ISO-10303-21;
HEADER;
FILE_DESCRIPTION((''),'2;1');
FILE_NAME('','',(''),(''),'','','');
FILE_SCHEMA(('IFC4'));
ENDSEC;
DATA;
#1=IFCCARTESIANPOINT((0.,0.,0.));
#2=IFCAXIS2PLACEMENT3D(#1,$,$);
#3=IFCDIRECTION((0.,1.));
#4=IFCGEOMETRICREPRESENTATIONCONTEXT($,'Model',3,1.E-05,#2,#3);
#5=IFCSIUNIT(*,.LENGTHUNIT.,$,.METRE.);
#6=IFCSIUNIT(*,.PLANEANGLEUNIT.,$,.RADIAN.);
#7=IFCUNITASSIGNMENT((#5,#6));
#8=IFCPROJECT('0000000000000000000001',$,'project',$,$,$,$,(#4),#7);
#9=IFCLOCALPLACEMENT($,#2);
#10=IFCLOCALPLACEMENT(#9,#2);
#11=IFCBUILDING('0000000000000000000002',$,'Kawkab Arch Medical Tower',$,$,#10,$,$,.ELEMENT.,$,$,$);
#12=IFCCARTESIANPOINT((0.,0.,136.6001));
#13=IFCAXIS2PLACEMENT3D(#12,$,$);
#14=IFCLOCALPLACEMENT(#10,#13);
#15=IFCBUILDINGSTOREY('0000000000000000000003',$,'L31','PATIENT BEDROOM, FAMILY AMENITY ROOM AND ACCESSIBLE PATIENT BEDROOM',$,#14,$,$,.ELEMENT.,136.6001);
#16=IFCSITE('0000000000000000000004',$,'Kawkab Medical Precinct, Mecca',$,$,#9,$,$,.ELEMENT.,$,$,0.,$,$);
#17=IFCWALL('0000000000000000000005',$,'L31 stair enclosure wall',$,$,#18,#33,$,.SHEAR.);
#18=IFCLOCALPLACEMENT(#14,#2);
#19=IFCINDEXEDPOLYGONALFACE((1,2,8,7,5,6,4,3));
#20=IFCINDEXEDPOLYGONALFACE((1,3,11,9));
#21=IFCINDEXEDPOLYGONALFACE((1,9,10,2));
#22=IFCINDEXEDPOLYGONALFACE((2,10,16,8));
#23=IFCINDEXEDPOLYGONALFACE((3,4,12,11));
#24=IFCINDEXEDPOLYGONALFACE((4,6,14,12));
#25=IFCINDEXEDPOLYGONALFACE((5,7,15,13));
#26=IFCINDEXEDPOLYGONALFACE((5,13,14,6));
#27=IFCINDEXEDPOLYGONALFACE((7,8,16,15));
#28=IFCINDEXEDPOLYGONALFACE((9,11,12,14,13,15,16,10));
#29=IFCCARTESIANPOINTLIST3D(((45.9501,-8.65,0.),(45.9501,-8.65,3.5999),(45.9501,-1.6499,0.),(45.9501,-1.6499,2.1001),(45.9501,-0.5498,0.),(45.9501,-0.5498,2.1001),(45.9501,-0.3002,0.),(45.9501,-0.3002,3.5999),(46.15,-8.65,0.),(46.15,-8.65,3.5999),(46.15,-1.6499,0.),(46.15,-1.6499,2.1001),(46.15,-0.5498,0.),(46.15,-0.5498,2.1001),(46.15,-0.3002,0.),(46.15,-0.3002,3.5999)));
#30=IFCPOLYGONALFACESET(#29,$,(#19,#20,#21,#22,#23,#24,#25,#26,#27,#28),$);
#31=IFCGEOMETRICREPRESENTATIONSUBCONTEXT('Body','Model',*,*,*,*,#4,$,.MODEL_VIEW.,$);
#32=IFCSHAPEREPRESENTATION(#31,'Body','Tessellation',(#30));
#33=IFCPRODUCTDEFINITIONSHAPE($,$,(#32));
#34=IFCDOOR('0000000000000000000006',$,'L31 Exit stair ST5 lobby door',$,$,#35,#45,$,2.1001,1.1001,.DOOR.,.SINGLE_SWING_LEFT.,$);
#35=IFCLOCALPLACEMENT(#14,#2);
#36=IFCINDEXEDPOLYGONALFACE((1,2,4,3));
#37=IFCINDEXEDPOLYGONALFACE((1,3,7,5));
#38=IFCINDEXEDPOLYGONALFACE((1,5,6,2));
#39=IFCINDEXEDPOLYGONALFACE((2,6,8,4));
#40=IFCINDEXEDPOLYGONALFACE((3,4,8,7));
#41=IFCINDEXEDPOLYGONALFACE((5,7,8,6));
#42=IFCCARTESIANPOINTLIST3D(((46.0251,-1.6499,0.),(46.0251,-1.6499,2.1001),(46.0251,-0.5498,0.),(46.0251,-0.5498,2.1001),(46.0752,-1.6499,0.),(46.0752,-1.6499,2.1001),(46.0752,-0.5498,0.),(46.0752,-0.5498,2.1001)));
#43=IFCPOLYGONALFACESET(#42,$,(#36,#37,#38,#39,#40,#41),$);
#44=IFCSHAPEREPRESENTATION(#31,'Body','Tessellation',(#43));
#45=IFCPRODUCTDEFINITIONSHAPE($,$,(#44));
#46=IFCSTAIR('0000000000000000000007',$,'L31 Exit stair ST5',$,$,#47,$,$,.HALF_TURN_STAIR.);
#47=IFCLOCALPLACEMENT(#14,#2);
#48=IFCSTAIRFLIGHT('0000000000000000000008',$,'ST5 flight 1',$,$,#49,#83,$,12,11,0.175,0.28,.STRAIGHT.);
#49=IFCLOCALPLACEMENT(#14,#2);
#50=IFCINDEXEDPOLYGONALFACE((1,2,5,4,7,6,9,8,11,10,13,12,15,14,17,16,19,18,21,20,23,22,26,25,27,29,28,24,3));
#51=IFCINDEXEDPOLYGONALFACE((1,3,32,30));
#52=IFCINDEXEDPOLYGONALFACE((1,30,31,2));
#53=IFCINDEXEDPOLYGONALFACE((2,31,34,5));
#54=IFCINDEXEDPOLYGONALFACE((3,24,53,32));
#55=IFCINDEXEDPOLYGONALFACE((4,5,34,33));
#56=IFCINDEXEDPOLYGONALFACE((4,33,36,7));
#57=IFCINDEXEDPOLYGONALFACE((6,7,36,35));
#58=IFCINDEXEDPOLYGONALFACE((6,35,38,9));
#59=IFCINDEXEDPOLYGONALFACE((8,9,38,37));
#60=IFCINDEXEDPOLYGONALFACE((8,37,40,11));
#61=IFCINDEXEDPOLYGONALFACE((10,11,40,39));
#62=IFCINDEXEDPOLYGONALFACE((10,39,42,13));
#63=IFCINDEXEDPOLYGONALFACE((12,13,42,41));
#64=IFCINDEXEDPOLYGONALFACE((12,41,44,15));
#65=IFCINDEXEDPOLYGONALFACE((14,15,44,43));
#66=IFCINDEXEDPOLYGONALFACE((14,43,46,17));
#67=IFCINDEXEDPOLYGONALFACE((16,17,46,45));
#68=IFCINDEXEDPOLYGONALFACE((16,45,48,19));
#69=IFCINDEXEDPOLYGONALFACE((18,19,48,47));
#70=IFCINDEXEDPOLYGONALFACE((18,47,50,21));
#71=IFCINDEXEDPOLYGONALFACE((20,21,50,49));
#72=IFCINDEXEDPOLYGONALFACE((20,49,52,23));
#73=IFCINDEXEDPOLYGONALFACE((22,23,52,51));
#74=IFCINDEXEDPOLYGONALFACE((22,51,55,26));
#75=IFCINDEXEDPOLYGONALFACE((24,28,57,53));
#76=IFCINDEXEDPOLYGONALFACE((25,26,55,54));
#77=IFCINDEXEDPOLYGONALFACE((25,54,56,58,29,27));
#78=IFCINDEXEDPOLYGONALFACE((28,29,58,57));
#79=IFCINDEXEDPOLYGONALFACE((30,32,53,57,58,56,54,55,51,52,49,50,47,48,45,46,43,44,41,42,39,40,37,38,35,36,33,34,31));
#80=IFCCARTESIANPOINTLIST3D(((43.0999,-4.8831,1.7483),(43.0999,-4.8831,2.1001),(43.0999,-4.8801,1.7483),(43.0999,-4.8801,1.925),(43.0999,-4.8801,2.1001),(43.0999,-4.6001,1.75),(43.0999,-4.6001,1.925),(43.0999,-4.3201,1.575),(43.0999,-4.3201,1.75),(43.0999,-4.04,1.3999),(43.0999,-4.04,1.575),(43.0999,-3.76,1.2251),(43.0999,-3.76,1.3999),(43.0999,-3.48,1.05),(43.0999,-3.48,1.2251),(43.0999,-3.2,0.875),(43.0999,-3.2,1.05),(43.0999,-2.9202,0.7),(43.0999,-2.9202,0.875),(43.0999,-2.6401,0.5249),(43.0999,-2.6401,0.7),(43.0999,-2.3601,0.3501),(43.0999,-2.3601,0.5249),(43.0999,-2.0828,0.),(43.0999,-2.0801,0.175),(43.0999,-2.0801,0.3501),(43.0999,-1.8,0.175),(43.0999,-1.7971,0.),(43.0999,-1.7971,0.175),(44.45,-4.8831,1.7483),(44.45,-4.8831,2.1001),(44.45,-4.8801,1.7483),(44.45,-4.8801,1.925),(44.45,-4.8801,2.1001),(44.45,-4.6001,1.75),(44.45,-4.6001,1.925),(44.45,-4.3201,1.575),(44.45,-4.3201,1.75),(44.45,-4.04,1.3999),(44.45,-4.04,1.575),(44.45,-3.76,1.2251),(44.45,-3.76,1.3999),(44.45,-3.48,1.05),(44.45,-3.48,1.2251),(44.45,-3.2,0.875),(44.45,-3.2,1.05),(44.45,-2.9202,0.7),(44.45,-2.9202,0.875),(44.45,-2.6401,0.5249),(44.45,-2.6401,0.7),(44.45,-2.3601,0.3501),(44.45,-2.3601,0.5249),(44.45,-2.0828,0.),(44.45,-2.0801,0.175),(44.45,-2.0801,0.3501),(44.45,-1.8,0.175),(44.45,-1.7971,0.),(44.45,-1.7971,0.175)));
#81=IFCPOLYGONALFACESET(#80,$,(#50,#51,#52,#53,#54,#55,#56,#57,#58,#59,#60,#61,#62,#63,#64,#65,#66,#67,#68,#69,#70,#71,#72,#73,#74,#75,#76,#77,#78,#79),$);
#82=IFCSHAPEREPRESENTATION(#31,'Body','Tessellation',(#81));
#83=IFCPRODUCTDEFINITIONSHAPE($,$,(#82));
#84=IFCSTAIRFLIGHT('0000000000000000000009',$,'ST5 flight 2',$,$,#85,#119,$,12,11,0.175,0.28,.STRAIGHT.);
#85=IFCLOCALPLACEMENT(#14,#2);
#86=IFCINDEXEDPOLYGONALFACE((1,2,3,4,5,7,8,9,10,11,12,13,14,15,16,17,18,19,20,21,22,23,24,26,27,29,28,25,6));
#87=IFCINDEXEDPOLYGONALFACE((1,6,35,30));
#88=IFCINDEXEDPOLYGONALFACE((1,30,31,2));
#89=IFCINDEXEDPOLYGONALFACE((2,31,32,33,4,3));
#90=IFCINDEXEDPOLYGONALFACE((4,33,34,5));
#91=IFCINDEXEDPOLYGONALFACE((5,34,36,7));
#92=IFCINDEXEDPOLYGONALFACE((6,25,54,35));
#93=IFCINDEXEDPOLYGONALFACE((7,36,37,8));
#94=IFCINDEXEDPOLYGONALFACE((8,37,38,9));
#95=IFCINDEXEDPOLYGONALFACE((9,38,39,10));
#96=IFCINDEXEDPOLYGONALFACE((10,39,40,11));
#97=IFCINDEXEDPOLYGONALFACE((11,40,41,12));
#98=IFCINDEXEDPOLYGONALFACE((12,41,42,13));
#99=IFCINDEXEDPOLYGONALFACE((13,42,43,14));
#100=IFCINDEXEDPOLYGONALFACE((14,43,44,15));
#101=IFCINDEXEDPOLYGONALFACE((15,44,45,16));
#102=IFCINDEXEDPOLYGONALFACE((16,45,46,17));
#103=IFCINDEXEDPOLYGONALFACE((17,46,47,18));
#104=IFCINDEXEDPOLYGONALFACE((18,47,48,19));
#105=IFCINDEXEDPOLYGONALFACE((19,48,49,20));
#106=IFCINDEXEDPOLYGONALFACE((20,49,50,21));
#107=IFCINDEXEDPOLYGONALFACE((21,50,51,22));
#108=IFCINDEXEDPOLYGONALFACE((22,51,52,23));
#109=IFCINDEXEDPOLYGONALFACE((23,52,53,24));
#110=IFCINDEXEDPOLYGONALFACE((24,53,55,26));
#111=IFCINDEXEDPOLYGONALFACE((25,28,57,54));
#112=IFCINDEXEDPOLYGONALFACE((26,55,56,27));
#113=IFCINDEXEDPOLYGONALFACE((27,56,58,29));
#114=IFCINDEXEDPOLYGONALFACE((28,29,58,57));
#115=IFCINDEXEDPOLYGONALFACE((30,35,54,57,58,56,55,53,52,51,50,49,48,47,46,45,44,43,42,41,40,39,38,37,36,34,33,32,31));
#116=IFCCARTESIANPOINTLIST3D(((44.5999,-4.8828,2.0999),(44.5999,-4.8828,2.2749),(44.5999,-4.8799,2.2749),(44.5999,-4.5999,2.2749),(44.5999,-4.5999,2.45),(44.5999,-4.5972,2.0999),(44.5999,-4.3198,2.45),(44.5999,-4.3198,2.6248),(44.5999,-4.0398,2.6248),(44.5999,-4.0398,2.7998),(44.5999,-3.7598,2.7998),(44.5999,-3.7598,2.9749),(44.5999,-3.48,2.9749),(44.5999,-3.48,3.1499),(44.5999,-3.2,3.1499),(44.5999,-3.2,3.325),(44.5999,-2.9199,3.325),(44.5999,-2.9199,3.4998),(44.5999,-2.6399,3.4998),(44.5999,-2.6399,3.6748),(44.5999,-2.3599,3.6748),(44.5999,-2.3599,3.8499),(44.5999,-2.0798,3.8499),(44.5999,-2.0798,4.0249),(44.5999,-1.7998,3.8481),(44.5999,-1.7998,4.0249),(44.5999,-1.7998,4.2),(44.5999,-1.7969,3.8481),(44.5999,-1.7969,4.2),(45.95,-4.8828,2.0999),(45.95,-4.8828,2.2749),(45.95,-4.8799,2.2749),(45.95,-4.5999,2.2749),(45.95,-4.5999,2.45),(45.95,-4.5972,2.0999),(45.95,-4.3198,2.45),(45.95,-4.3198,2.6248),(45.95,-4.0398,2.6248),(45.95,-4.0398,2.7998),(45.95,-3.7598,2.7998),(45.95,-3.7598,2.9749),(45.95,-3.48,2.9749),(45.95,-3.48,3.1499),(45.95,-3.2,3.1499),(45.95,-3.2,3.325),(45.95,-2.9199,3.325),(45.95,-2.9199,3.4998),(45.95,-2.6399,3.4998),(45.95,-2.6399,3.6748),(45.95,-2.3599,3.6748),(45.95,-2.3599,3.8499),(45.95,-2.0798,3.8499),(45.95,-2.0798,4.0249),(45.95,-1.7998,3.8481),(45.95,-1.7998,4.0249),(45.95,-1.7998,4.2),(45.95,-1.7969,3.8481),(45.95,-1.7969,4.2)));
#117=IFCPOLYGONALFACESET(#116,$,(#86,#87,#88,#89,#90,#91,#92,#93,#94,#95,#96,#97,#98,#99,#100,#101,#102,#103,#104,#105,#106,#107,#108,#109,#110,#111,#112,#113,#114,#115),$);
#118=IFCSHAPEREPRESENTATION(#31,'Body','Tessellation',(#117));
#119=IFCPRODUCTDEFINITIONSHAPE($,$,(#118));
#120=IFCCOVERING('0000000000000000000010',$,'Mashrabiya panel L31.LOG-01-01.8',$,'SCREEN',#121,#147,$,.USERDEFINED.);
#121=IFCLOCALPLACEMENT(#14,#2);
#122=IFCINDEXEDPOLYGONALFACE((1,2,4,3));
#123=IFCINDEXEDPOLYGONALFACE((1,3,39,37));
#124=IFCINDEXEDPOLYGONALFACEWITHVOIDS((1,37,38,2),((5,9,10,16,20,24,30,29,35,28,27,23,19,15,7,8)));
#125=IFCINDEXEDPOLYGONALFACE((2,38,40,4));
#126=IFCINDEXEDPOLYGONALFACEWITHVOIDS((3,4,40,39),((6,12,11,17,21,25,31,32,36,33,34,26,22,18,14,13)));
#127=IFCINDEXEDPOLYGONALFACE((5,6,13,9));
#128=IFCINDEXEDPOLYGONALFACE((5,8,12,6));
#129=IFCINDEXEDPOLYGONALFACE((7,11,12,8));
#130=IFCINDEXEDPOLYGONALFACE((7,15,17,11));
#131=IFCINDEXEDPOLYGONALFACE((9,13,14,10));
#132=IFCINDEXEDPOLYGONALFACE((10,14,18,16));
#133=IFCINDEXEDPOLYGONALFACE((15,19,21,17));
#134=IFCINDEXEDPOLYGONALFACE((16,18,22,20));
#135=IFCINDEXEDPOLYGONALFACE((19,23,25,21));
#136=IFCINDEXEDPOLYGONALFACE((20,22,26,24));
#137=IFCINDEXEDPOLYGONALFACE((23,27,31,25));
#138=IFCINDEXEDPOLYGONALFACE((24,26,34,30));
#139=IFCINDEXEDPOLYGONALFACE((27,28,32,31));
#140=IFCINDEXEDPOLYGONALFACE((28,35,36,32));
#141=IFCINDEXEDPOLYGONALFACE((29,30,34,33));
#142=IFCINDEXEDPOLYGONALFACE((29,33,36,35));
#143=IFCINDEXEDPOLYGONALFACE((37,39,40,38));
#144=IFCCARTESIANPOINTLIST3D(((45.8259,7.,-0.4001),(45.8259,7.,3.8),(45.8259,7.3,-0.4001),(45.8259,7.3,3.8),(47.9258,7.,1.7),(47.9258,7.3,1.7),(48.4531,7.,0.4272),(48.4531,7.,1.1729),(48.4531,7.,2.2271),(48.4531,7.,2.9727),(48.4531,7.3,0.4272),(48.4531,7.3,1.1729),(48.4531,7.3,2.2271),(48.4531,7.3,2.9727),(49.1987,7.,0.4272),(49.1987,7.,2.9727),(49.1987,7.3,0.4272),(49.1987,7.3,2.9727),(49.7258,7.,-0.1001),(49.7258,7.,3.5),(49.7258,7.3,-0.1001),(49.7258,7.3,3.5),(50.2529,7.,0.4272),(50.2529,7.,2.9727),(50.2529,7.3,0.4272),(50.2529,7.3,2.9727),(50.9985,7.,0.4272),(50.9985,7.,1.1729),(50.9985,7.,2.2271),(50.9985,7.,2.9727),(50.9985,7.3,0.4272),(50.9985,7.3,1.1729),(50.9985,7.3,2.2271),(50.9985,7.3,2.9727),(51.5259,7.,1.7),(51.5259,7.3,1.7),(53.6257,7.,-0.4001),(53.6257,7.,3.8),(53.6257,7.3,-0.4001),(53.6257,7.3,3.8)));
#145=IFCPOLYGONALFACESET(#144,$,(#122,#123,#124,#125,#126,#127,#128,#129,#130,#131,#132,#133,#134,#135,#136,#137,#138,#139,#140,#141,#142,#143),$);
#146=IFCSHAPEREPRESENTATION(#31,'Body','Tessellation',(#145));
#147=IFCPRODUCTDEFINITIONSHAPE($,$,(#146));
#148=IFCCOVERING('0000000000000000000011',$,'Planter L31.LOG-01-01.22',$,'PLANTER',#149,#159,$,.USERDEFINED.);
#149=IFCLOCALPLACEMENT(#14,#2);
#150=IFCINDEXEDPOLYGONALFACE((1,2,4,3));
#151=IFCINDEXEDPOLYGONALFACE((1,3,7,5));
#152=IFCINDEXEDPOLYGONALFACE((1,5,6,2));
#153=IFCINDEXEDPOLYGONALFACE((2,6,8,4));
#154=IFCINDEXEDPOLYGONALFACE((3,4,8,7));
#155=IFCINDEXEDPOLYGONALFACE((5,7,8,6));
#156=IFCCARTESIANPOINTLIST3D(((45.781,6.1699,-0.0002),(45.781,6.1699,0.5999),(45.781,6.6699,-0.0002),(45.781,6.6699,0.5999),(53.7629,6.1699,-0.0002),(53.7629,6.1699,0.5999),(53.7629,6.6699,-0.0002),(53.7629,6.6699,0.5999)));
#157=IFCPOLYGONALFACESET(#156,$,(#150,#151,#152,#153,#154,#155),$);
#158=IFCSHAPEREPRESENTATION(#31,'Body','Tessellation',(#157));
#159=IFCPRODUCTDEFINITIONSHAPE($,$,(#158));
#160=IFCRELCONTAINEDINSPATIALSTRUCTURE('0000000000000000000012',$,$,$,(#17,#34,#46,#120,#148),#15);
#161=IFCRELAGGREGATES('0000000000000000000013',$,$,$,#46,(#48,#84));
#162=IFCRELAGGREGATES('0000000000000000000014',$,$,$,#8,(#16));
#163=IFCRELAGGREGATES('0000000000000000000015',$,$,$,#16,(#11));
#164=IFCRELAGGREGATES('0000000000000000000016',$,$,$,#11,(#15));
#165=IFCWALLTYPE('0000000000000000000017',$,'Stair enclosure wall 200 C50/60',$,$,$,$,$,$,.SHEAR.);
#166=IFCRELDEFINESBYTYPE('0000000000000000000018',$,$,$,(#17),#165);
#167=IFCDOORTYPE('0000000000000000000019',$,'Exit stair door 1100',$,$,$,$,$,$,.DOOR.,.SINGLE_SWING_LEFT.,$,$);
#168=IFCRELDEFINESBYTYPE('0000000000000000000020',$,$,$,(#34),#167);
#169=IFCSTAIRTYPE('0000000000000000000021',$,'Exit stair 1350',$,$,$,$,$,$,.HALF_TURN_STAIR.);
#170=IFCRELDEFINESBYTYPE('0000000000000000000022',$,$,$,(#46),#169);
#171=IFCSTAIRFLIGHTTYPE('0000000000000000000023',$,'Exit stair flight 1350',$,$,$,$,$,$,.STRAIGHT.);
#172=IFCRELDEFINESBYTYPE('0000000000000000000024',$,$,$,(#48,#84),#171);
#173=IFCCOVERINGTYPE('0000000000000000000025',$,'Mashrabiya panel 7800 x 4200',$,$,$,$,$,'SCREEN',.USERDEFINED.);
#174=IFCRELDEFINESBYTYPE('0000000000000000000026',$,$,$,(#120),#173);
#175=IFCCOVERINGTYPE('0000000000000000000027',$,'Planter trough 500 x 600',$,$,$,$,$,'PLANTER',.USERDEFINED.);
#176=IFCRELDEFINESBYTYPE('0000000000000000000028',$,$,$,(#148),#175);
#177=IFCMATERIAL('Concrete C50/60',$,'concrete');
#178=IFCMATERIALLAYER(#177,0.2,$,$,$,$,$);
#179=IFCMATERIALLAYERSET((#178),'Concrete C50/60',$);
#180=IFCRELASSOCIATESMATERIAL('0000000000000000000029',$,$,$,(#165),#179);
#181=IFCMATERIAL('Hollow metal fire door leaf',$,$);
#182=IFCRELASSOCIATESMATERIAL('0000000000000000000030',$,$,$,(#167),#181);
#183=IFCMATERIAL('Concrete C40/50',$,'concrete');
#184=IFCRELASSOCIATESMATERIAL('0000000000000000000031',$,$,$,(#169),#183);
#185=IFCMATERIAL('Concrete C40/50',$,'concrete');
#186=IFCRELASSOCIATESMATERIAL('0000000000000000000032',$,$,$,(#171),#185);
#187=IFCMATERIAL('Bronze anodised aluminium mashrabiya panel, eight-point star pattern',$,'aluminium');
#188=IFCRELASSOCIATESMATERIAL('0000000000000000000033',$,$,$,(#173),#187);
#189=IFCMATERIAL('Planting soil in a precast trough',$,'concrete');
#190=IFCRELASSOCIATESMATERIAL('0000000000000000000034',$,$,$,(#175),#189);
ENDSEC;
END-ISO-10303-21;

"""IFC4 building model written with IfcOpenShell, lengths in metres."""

from ifc_helpers import new_model, si_unit, direction, frame, frame_2d, origin, origin_2d, place, context, subcontext, project, spatial, polyline, rectangle, outline, extrude, material, layer, layer_set, material_profile, profile_set, type_object, element, fill, aggregate, save


model = new_model("IFC4")

# Units and contexts
model_context = context("Model", 3, precision=1e-05, world=origin(), true_north=direction((0.0, 1.0)))
body_context = subcontext(model_context, "Body", "Model", "MODEL_VIEW")
ifc_project = project(units=[si_unit("LENGTHUNIT", "METRE"), si_unit("PLANEANGLEUNIT", "RADIAN")], contexts=[model_context])

# Site, building, storey
site_placement = place(None, origin())
site = spatial("IfcSite", under=ifc_project, at=site_placement, Name="Kawkab Medical Precinct, Mecca", CompositionType="ELEMENT", RefElevation=0.0)
building_placement = place(site_placement, origin())
building = spatial("IfcBuilding", under=site, at=building_placement, Name="Kawkab Arch Medical Tower", CompositionType="ELEMENT")
storey_placement = place(building_placement, frame((0.0, 0.0, 136.6001)))
storey = spatial("IfcBuildingStorey", under=building, at=storey_placement, Name="L31", Description="PATIENT BEDROOM, FAMILY AMENITY ROOM AND ACCESSIBLE PATIENT BEDROOM", CompositionType="ELEMENT", Elevation=136.6001)

# Shared definitions
placement = place(storey_placement, origin())

# Wall, opening, door
ifc_material_1 = material(Name="Concrete C50/60", Category="concrete")
ifc_layer_1 = layer(ifc_material_1, 0.2)
ifc_layer_set_1 = layer_set([ifc_layer_1], Name="Concrete C50/60")
wall_type_1 = type_object("IfcWallType", Name="Stair enclosure wall 200 C50/60", PredefinedType="SHEAR", material=ifc_layer_set_1)
ifc_material_2 = material(Name="Hollow metal fire door leaf")
door_type_1 = type_object("IfcDoorType", Name="Exit stair door 1100", OperationType="SINGLE_SWING_LEFT", PredefinedType="DOOR", material=ifc_material_2)
wall_1_placement = place(storey_placement, frame((46.05, -8.6499, 0.0), z_axis=(0.0, 0.0, 1.0), x_axis=(0.0, 1.0, 0.0)))
wall_1 = element("IfcWall", 1, at=wall_1_placement, inside=storey, type_object=wall_type_1, Name="L31 stair enclosure wall", PredefinedType="SHEAR", context=body_context, shape_type="SweptSolid", body=[
    extrude(rectangle(XDim=8.3499, YDim=0.2, at=frame_2d((4.1748, 0.0))), origin(), (0.0, 0.0, 1.0), 3.5999),
])
opening_1_placement = place(wall_1_placement, frame((7.0, 0.0, 0.0)))
opening_1 = element("IfcOpeningElement", 2, at=opening_1_placement, cuts=wall_1, PredefinedType="OPENING", context=body_context, shape_type="SweptSolid", body=[
    extrude(rectangle(XDim=1.1001, YDim=2.1001, at=frame_2d((0.55, 1.05))), frame((0.0, 0.1099, 0.0), z_axis=(0.0, -1.0, 0.0), x_axis=(1.0, 0.0, 0.0)), (0.0, 0.0, 1.0), 0.22),
])
door_1_placement = place(opening_1_placement, origin())
door_1 = element("IfcDoor", 3, at=door_1_placement, inside=storey, type_object=door_type_1, Name="L31 Exit stair ST5 lobby door", OperationType="SINGLE_SWING_LEFT", OverallHeight=2.1001, OverallWidth=1.1001, PredefinedType="DOOR", context=body_context, shape_type="SweptSolid", body=[
    extrude(rectangle(XDim=1.1001, YDim=2.1001, at=frame_2d((0.55, 1.05))), frame((0.0, 0.0249, 0.0), z_axis=(0.0, -1.0, 0.0), x_axis=(1.0, 0.0, 0.0)), (0.0, 0.0, 1.0), 0.05),
])
fill(opening_1, door_1)

# Stair, stair flights
ifc_material_3 = material(Name="Concrete C40/50", Category="concrete")
stair_type = type_object("IfcStairType", Name="Exit stair 1350", PredefinedType="HALF_TURN_STAIR", material=ifc_material_3)
stair = element("IfcStair", 4, at=placement, inside=storey, type_object=stair_type, Name="L31 Exit stair ST5", PredefinedType="HALF_TURN_STAIR")
ifc_material_4 = material(Name="Concrete C40/50", Category="concrete")
stair_flight_type = type_object("IfcStairFlightType", Name="Exit stair flight 1350", PredefinedType="STRAIGHT", material=ifc_material_4)
stair_flight_1_placement = place(storey_placement, frame((43.7749, -1.8, 0.0), z_axis=(0.0, 0.0, 1.0), x_axis=(0.0, -1.0, 0.0)))
stair_flight_1 = element("IfcStairFlight", 5, at=stair_flight_1_placement, type_object=stair_flight_type, Name="ST5 flight 1", NumberOfRisers=12, NumberOfTreads=11, PredefinedType="STRAIGHT", RiserHeight=0.175, TreadLength=0.28, context=body_context, shape_type="SweptSolid", body=[
    extrude(outline(polyline([(-0.0029, 0.0), (-0.0029, 0.175), (0.0, 0.175), (0.28, 0.175), (0.28, 0.3501), (0.5601, 0.3501), (0.5601, 0.5249), (0.8401, 0.5249), (0.8401, 0.7), (1.1201, 0.7), (1.1201, 0.875), (1.3999, 0.875), (1.3999, 1.05), (1.6799, 1.05), (1.6799, 1.2251), (1.96, 1.2251), (1.96, 1.3999), (2.24, 1.3999), (2.24, 1.575), (2.52, 1.575), (2.52, 1.75), (2.8, 1.75), (2.8, 1.925), (3.0801, 1.925), (3.0801, 2.1001), (3.083, 2.1001), (3.083, 1.7483), (3.0801, 1.7483), (0.2827, 0.0), (-0.0029, 0.0)])), frame((0.0, 0.675, 0.0), z_axis=(0.0, -1.0, 0.0), x_axis=(1.0, 0.0, 0.0)), (0.0, 0.0, 1.0), 1.3501),
])
stair_flight_2_placement = place(storey_placement, frame((45.2749, -4.8799, 2.0999), z_axis=(0.0, 0.0, 1.0), x_axis=(0.0, 1.0, 0.0)))
stair_flight_2 = element("IfcStairFlight", 6, at=stair_flight_2_placement, type_object=stair_flight_type, Name="ST5 flight 2", NumberOfRisers=12, NumberOfTreads=11, PredefinedType="STRAIGHT", RiserHeight=0.175, TreadLength=0.28, context=body_context, shape_type="SweptSolid", body=[
    extrude(outline(polyline([(-0.0029, 0.0), (-0.0029, 0.175), (0.0, 0.175), (0.28, 0.175), (0.28, 0.3501), (0.5601, 0.3501), (0.5601, 0.5249), (0.8401, 0.5249), (0.8401, 0.7), (1.1201, 0.7), (1.1201, 0.875), (1.3999, 0.875), (1.3999, 1.05), (1.6799, 1.05), (1.6799, 1.2251), (1.96, 1.2251), (1.96, 1.3999), (2.24, 1.3999), (2.24, 1.575), (2.52, 1.575), (2.52, 1.75), (2.8, 1.75), (2.8, 1.925), (3.0801, 1.925), (3.0801, 2.1001), (3.083, 2.1001), (3.083, 1.7483), (3.0801, 1.7483), (0.2827, 0.0), (-0.0029, 0.0)])), frame((0.0, 0.675, 0.0), z_axis=(0.0, -1.0, 0.0), x_axis=(1.0, 0.0, 0.0)), (0.0, 0.0, 1.0), 1.3501),
])
aggregate(stair, [stair_flight_1, stair_flight_2])

# Coverings
ifc_material_5 = material(Name="Bronze anodised aluminium mashrabiya panel, eight-point star pattern", Category="aluminium")
ifc_material_profile_1 = material_profile(ifc_material_5, outline(polyline([(-3.8999, -2.1001), (3.8999, -2.1001), (3.8999, 2.1001), (-3.8999, 2.1001), (-3.8999, -2.1001)]), holes=[polyline([(1.8, 0.0), (1.2727, 0.5271), (1.2727, 1.2727), (0.5271, 1.2727), (0.0, 1.8), (-0.5271, 1.2727), (-1.2727, 1.2727), (-1.2727, 0.5271), (-1.8, 0.0), (-1.2727, -0.5271), (-1.2727, -1.2727), (-0.5271, -1.2727), (0.0, -1.8), (0.5271, -1.2727), (1.2727, -1.2727), (1.2727, -0.5271), (1.8, 0.0)])]), Name="Mashrabiya panel 7800x4200")
ifc_profile_set_1 = profile_set([ifc_material_profile_1], Name="Bronze anodised aluminium mashrabiya panel, eight-point star pattern")
covering_type_1 = type_object("IfcCoveringType", Name="Mashrabiya panel 7800 x 4200", ElementType="SCREEN", PredefinedType="USERDEFINED", material=ifc_profile_set_1)
covering_1_placement = place(storey_placement, frame((49.7258, 7.0, 1.7), z_axis=(0.0, 1.0, 0.0), x_axis=(-1.0, 0.0, 0.0)))
element("IfcCovering", 7, at=covering_1_placement, inside=storey, type_object=covering_type_1, Name="Mashrabiya panel L31.LOG-01-01.8", ObjectType="SCREEN", PredefinedType="USERDEFINED", context=body_context, shape_type="SweptSolid", body=[
    extrude(outline(polyline([(-3.8999, -2.1001), (3.8999, -2.1001), (3.8999, 2.1001), (-3.8999, 2.1001), (-3.8999, -2.1001)]), holes=[polyline([(1.8, 0.0), (1.2727, 0.5271), (1.2727, 1.2727), (0.5271, 1.2727), (0.0, 1.8), (-0.5271, 1.2727), (-1.2727, 1.2727), (-1.2727, 0.5271), (-1.8, 0.0), (-1.2727, -0.5271), (-1.2727, -1.2727), (-0.5271, -1.2727), (0.0, -1.8), (0.5271, -1.2727), (1.2727, -1.2727), (1.2727, -0.5271), (1.8, 0.0)])]), origin(), (0.0, 0.0, 1.0), 0.3),
])
ifc_material_6 = material(Name="Planting soil in a precast trough", Category="concrete")
ifc_material_profile_2 = material_profile(ifc_material_6, rectangle(XDim=0.5, YDim=0.6001, at=origin_2d()), Name="Trough 500x600")
ifc_profile_set_2 = profile_set([ifc_material_profile_2], Name="Planting soil in a precast trough")
covering_type_2 = type_object("IfcCoveringType", Name="Planter trough 500 x 600", ElementType="PLANTER", PredefinedType="USERDEFINED", material=ifc_profile_set_2)
covering_2_placement = place(storey_placement, frame((45.781, 6.4199, 0.2998), z_axis=(1.0, 0.0, 0.0), x_axis=(0.0, 1.0, 0.0)))
element("IfcCovering", 8, at=covering_2_placement, inside=storey, type_object=covering_type_2, Name="Planter L31.LOG-01-01.22", ObjectType="PLANTER", PredefinedType="USERDEFINED", context=body_context, shape_type="SweptSolid", body=[
    extrude(rectangle(XDim=0.5, YDim=0.6001, at=origin_2d()), origin(), (0.0, 0.0, 1.0), 7.9819),
])

save(model, "model.ifc")
